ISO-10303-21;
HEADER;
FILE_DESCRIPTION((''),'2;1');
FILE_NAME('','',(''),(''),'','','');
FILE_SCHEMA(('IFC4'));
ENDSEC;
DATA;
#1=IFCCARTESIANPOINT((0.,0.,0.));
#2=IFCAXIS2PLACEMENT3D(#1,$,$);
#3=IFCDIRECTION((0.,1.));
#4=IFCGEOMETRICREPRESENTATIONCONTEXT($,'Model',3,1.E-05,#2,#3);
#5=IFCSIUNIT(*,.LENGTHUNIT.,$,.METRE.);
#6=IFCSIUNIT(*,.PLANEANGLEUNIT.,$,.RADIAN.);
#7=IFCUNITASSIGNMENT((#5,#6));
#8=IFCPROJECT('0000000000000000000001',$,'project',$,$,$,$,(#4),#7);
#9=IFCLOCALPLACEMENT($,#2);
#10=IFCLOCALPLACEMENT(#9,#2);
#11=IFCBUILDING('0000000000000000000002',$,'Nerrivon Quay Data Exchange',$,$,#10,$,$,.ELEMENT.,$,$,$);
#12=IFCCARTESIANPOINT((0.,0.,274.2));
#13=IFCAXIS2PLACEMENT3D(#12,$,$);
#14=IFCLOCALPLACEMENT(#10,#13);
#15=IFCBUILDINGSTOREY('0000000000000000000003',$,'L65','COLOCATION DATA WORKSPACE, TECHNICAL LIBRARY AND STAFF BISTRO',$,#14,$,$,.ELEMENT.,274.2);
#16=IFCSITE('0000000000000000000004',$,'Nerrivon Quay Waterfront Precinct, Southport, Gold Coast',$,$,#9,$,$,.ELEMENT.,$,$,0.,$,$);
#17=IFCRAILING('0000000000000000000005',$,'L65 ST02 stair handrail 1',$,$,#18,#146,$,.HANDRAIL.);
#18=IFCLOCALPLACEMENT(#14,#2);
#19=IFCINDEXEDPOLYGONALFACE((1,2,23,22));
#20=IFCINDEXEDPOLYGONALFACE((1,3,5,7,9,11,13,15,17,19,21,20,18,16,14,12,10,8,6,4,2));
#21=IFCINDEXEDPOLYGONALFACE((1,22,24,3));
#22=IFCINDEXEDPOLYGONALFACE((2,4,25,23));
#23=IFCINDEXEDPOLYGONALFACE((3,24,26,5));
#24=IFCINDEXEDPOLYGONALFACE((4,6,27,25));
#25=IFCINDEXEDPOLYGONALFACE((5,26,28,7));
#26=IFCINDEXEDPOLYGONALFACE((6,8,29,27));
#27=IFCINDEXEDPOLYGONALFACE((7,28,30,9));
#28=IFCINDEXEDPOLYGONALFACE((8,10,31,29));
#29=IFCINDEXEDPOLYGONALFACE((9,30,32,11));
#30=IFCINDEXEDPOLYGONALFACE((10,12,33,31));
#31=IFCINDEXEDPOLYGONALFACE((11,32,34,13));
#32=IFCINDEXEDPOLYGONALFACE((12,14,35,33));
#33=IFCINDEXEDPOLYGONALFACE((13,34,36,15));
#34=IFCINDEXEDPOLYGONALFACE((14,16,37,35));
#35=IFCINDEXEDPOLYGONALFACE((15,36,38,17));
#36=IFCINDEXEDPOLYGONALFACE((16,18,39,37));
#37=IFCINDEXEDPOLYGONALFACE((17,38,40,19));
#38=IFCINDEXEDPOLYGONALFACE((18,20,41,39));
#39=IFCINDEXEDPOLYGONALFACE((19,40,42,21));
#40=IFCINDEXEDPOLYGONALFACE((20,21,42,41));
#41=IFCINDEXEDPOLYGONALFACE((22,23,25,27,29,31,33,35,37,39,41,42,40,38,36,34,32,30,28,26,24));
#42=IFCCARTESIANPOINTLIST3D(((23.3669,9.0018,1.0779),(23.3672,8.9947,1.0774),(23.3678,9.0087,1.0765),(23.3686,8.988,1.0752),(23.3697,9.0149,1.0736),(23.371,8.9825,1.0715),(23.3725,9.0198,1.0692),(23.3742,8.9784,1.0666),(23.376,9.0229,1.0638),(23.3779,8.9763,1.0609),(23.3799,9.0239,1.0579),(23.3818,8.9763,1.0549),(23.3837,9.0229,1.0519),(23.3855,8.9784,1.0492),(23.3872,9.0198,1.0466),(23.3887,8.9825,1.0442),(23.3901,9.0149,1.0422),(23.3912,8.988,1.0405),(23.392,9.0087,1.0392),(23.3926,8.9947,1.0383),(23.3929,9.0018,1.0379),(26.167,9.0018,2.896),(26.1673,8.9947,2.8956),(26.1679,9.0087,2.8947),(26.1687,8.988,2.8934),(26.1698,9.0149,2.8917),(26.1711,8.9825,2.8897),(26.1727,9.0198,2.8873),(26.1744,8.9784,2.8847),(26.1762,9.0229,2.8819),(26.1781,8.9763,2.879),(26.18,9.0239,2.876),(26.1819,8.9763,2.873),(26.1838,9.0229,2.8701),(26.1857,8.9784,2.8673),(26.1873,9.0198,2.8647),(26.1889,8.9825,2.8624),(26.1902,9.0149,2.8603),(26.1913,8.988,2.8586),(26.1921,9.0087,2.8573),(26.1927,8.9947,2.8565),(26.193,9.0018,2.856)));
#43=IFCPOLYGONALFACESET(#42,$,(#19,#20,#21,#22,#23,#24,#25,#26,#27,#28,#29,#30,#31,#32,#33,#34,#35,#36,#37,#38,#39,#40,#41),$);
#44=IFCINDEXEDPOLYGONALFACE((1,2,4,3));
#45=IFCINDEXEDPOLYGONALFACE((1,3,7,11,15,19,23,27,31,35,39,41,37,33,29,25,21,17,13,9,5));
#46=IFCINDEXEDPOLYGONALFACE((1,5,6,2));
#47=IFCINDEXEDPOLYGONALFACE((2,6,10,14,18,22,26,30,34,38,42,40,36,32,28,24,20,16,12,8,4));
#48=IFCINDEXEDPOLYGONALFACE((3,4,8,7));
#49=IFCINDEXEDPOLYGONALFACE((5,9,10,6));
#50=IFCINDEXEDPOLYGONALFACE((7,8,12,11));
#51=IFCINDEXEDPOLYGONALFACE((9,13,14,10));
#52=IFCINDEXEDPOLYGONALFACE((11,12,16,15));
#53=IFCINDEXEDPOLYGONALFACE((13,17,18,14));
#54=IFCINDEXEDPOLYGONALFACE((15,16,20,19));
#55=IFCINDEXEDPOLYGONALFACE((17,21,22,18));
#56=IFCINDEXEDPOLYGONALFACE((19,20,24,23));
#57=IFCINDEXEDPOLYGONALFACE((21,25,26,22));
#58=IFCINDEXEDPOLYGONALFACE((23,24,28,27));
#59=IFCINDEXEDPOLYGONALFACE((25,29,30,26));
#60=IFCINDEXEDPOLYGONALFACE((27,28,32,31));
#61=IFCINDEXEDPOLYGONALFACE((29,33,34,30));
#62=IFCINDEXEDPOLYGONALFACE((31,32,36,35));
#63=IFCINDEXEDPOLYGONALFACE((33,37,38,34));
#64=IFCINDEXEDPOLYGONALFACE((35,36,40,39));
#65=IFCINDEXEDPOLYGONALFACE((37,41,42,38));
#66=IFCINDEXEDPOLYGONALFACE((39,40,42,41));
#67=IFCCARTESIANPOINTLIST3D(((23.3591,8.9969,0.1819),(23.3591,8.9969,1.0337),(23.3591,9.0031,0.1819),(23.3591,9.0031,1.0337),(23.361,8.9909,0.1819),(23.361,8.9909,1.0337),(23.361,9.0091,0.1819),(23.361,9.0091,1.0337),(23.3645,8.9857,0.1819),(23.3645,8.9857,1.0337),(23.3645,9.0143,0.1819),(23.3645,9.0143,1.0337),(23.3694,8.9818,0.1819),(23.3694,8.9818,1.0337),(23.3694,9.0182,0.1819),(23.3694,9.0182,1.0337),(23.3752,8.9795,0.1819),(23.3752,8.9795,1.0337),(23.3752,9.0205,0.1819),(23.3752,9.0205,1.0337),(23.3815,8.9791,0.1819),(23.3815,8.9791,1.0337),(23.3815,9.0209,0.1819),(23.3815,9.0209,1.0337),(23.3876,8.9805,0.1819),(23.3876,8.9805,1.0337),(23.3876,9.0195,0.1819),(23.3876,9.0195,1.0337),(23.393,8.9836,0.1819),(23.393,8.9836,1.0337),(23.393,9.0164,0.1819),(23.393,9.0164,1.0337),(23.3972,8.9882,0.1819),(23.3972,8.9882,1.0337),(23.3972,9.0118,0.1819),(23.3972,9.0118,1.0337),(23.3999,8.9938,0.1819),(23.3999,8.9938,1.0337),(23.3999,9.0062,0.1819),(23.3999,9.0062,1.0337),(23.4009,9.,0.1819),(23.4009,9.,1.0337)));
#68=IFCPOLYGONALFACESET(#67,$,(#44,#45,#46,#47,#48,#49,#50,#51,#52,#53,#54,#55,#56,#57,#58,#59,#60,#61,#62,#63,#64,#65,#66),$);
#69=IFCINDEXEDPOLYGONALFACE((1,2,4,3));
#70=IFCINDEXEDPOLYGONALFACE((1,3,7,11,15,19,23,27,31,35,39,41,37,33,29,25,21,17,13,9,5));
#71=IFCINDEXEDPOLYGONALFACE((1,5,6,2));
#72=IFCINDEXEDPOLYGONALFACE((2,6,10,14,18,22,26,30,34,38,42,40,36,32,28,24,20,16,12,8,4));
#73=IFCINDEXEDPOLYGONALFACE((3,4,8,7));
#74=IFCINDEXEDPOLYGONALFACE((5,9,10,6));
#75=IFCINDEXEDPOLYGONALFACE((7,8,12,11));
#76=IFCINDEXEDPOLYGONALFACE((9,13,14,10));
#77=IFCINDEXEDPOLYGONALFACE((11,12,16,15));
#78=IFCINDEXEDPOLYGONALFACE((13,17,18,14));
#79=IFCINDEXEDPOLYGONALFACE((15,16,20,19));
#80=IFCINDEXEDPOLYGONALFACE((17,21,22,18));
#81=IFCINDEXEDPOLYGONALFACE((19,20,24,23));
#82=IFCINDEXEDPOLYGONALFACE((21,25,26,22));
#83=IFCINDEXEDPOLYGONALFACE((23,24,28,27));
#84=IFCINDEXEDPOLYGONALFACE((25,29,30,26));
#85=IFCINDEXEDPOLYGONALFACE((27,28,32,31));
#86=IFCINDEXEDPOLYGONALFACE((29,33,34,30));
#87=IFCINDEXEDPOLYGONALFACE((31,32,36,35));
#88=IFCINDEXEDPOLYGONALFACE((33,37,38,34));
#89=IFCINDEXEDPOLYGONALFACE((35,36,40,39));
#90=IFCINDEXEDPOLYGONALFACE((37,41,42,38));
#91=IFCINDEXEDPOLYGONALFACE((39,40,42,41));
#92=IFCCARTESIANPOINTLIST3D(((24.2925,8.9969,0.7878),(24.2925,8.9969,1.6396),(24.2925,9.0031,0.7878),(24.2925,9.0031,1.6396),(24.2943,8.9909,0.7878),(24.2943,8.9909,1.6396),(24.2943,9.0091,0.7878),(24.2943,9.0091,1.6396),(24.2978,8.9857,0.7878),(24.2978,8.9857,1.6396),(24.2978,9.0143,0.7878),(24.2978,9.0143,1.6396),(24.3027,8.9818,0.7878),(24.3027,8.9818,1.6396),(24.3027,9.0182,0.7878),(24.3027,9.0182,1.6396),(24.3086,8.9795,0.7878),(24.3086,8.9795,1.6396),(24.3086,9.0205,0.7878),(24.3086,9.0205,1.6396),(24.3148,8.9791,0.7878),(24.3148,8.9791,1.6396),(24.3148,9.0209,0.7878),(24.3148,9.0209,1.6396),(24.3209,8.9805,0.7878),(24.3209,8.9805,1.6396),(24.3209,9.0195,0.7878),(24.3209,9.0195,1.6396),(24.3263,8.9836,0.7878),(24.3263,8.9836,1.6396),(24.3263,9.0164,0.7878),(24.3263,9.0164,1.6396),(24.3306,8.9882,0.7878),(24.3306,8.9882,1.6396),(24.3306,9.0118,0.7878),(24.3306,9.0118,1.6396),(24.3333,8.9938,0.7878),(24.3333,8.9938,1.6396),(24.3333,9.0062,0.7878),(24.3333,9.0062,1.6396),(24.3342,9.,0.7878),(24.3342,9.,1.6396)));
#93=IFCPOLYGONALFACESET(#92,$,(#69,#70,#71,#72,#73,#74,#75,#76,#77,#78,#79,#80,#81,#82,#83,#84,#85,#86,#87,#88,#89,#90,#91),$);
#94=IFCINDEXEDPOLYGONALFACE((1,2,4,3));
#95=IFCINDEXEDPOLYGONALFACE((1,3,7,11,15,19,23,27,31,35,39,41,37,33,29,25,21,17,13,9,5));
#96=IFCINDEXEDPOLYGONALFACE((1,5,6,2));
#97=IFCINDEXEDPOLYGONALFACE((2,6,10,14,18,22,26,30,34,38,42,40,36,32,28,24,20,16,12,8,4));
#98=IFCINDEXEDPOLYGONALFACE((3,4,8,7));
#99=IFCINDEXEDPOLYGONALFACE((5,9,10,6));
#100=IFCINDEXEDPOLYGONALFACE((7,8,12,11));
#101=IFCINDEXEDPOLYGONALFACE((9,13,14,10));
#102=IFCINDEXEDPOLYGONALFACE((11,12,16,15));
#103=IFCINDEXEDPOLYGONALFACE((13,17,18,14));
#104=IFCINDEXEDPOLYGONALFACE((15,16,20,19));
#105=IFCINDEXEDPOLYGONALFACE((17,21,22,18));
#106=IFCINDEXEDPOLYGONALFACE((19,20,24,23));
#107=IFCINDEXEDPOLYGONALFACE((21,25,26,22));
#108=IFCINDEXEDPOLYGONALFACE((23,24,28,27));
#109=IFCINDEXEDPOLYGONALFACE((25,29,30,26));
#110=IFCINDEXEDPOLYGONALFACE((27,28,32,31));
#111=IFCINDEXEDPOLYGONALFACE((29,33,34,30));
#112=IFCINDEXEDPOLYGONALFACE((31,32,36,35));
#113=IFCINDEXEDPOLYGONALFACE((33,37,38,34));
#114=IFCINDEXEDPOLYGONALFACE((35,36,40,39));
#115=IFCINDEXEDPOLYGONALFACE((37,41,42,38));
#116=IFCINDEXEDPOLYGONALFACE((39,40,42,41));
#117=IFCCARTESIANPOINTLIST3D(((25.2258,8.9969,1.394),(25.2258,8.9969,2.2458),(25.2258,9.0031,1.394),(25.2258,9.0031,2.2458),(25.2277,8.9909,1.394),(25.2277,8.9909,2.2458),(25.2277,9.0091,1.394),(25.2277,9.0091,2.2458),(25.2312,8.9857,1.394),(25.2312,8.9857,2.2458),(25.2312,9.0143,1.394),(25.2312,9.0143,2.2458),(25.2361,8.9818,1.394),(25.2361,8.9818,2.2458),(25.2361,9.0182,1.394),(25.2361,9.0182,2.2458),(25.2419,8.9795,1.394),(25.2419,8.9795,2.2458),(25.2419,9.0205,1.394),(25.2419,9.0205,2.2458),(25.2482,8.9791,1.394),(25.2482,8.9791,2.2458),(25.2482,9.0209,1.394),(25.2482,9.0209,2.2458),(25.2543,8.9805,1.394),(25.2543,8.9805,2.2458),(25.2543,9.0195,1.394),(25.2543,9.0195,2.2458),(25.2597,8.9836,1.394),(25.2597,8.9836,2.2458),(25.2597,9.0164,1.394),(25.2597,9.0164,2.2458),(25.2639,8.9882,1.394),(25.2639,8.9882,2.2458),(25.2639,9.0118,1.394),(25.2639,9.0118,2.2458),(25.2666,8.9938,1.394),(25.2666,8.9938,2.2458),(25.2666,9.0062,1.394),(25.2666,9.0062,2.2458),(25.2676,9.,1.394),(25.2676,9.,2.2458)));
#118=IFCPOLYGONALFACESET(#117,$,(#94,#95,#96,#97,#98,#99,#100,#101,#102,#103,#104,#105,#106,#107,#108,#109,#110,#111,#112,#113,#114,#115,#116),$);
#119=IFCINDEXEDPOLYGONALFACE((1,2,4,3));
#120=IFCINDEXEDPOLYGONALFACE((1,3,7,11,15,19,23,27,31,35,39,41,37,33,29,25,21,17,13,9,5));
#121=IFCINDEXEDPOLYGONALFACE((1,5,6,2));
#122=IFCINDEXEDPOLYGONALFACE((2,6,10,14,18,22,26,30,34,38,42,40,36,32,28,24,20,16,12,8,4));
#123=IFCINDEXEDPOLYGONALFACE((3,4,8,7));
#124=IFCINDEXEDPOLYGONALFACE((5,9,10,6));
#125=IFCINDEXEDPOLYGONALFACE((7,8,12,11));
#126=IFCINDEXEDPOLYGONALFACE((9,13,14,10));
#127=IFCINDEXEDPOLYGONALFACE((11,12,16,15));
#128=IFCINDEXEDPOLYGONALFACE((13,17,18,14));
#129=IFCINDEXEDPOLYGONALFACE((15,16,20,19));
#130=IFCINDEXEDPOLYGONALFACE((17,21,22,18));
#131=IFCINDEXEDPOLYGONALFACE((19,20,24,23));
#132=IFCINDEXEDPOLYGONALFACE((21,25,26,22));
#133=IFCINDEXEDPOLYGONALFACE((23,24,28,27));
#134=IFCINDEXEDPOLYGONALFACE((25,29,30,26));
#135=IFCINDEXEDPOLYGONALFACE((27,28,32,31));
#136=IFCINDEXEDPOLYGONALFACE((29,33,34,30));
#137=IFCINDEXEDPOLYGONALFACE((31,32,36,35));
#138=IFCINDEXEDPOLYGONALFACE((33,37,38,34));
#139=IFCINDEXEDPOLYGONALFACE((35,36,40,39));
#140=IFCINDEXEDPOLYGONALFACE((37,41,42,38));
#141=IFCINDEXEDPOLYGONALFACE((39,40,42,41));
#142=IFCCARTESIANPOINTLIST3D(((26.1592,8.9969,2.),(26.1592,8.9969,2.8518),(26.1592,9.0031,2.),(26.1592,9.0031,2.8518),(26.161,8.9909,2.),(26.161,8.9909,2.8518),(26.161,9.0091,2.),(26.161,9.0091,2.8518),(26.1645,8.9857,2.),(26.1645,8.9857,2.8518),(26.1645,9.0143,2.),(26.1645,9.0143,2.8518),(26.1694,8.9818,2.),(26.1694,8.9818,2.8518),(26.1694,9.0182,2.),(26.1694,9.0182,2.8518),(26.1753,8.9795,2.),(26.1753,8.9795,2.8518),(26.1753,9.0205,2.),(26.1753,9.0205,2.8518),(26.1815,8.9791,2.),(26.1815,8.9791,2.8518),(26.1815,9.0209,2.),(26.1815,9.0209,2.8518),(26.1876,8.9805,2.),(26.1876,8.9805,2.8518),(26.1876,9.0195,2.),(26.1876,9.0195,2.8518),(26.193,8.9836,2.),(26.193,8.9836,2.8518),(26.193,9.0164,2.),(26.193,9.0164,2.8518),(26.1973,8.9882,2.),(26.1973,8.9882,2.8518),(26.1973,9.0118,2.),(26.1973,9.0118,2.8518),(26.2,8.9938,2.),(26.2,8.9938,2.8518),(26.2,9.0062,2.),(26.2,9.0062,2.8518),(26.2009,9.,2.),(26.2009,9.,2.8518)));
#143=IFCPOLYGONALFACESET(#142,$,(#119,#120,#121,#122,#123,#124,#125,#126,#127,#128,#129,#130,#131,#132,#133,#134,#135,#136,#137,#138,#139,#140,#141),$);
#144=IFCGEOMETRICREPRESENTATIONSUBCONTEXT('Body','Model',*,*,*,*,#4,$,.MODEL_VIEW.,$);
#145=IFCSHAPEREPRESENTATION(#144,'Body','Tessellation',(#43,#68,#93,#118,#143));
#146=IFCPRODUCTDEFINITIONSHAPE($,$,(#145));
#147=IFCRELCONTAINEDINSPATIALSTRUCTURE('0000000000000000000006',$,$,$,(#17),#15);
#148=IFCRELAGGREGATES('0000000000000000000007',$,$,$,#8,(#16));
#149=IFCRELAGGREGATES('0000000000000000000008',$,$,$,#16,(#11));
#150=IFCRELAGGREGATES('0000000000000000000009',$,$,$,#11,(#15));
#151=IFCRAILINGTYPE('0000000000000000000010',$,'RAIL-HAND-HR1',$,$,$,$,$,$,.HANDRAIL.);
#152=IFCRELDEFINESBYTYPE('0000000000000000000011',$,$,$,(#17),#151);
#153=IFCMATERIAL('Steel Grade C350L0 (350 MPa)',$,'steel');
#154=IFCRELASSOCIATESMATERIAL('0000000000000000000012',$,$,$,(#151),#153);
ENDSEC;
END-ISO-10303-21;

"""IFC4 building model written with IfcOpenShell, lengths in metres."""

from ifc_helpers import new_model, si_unit, direction, frame, origin, origin_2d, place, context, subcontext, project, spatial, circle, extrude, material, type_object, element, save


model = new_model("IFC4")

# Units and contexts
model_context = context("Model", 3, precision=1e-05, world=origin(), true_north=direction((0.0, 1.0)))
body_context = subcontext(model_context, "Body", "Model", "MODEL_VIEW")
ifc_project = project(units=[si_unit("LENGTHUNIT", "METRE"), si_unit("PLANEANGLEUNIT", "RADIAN")], contexts=[model_context])

# Site, building, storey
site_placement = place(None, origin())
site = spatial("IfcSite", under=ifc_project, at=site_placement, Name="Nerrivon Quay Waterfront Precinct, Southport, Gold Coast", CompositionType="ELEMENT", RefElevation=0.0)
building_placement = place(site_placement, origin())
building = spatial("IfcBuilding", under=site, at=building_placement, Name="Nerrivon Quay Data Exchange", CompositionType="ELEMENT")
storey_placement = place(building_placement, frame((0.0, 0.0, 274.2)))
storey = spatial("IfcBuildingStorey", under=building, at=storey_placement, Name="L65", Description="COLOCATION DATA WORKSPACE, TECHNICAL LIBRARY AND STAFF BISTRO", CompositionType="ELEMENT", Elevation=274.2)

# Railing
ifc_material_1 = material(Name="Steel Grade C350L0 (350 MPa)", Category="steel")
railing_type_1 = type_object("IfcRailingType", Name="RAIL-HAND-HR1", PredefinedType="HANDRAIL", material=ifc_material_1)
railing_1_placement = place(storey_placement, frame((23.3799, 9.0, 0.1819)))
element("IfcRailing", 1, at=railing_1_placement, inside=storey, type_object=railing_type_1, Name="L65 ST02 stair handrail 1", PredefinedType="HANDRAIL", context=body_context, shape_type="SweptSolid", body=[
    extrude(circle(Radius=0.0239, at=origin_2d()), frame((0.0, 0.0, 0.876), z_axis=(0.838706, 0.0, 0.544585), x_axis=(0.0, 1.0, 0.0)), (0.0, 0.0, 1.0), 3.3386),
    extrude(circle(Radius=0.021, at=origin_2d()), origin(), (0.0, 0.0, 1.0), 0.8518),
    extrude(circle(Radius=0.021, at=origin_2d()), frame((0.9333, 0.0, 0.606)), (0.0, 0.0, 1.0), 0.8518),
    extrude(circle(Radius=0.021, at=origin_2d()), frame((1.8667, 0.0, 1.2122)), (0.0, 0.0, 1.0), 0.8518),
    extrude(circle(Radius=0.021, at=origin_2d()), frame((2.8, 0.0, 1.8181)), (0.0, 0.0, 1.0), 0.8518),
])

save(model, "model.ifc")
